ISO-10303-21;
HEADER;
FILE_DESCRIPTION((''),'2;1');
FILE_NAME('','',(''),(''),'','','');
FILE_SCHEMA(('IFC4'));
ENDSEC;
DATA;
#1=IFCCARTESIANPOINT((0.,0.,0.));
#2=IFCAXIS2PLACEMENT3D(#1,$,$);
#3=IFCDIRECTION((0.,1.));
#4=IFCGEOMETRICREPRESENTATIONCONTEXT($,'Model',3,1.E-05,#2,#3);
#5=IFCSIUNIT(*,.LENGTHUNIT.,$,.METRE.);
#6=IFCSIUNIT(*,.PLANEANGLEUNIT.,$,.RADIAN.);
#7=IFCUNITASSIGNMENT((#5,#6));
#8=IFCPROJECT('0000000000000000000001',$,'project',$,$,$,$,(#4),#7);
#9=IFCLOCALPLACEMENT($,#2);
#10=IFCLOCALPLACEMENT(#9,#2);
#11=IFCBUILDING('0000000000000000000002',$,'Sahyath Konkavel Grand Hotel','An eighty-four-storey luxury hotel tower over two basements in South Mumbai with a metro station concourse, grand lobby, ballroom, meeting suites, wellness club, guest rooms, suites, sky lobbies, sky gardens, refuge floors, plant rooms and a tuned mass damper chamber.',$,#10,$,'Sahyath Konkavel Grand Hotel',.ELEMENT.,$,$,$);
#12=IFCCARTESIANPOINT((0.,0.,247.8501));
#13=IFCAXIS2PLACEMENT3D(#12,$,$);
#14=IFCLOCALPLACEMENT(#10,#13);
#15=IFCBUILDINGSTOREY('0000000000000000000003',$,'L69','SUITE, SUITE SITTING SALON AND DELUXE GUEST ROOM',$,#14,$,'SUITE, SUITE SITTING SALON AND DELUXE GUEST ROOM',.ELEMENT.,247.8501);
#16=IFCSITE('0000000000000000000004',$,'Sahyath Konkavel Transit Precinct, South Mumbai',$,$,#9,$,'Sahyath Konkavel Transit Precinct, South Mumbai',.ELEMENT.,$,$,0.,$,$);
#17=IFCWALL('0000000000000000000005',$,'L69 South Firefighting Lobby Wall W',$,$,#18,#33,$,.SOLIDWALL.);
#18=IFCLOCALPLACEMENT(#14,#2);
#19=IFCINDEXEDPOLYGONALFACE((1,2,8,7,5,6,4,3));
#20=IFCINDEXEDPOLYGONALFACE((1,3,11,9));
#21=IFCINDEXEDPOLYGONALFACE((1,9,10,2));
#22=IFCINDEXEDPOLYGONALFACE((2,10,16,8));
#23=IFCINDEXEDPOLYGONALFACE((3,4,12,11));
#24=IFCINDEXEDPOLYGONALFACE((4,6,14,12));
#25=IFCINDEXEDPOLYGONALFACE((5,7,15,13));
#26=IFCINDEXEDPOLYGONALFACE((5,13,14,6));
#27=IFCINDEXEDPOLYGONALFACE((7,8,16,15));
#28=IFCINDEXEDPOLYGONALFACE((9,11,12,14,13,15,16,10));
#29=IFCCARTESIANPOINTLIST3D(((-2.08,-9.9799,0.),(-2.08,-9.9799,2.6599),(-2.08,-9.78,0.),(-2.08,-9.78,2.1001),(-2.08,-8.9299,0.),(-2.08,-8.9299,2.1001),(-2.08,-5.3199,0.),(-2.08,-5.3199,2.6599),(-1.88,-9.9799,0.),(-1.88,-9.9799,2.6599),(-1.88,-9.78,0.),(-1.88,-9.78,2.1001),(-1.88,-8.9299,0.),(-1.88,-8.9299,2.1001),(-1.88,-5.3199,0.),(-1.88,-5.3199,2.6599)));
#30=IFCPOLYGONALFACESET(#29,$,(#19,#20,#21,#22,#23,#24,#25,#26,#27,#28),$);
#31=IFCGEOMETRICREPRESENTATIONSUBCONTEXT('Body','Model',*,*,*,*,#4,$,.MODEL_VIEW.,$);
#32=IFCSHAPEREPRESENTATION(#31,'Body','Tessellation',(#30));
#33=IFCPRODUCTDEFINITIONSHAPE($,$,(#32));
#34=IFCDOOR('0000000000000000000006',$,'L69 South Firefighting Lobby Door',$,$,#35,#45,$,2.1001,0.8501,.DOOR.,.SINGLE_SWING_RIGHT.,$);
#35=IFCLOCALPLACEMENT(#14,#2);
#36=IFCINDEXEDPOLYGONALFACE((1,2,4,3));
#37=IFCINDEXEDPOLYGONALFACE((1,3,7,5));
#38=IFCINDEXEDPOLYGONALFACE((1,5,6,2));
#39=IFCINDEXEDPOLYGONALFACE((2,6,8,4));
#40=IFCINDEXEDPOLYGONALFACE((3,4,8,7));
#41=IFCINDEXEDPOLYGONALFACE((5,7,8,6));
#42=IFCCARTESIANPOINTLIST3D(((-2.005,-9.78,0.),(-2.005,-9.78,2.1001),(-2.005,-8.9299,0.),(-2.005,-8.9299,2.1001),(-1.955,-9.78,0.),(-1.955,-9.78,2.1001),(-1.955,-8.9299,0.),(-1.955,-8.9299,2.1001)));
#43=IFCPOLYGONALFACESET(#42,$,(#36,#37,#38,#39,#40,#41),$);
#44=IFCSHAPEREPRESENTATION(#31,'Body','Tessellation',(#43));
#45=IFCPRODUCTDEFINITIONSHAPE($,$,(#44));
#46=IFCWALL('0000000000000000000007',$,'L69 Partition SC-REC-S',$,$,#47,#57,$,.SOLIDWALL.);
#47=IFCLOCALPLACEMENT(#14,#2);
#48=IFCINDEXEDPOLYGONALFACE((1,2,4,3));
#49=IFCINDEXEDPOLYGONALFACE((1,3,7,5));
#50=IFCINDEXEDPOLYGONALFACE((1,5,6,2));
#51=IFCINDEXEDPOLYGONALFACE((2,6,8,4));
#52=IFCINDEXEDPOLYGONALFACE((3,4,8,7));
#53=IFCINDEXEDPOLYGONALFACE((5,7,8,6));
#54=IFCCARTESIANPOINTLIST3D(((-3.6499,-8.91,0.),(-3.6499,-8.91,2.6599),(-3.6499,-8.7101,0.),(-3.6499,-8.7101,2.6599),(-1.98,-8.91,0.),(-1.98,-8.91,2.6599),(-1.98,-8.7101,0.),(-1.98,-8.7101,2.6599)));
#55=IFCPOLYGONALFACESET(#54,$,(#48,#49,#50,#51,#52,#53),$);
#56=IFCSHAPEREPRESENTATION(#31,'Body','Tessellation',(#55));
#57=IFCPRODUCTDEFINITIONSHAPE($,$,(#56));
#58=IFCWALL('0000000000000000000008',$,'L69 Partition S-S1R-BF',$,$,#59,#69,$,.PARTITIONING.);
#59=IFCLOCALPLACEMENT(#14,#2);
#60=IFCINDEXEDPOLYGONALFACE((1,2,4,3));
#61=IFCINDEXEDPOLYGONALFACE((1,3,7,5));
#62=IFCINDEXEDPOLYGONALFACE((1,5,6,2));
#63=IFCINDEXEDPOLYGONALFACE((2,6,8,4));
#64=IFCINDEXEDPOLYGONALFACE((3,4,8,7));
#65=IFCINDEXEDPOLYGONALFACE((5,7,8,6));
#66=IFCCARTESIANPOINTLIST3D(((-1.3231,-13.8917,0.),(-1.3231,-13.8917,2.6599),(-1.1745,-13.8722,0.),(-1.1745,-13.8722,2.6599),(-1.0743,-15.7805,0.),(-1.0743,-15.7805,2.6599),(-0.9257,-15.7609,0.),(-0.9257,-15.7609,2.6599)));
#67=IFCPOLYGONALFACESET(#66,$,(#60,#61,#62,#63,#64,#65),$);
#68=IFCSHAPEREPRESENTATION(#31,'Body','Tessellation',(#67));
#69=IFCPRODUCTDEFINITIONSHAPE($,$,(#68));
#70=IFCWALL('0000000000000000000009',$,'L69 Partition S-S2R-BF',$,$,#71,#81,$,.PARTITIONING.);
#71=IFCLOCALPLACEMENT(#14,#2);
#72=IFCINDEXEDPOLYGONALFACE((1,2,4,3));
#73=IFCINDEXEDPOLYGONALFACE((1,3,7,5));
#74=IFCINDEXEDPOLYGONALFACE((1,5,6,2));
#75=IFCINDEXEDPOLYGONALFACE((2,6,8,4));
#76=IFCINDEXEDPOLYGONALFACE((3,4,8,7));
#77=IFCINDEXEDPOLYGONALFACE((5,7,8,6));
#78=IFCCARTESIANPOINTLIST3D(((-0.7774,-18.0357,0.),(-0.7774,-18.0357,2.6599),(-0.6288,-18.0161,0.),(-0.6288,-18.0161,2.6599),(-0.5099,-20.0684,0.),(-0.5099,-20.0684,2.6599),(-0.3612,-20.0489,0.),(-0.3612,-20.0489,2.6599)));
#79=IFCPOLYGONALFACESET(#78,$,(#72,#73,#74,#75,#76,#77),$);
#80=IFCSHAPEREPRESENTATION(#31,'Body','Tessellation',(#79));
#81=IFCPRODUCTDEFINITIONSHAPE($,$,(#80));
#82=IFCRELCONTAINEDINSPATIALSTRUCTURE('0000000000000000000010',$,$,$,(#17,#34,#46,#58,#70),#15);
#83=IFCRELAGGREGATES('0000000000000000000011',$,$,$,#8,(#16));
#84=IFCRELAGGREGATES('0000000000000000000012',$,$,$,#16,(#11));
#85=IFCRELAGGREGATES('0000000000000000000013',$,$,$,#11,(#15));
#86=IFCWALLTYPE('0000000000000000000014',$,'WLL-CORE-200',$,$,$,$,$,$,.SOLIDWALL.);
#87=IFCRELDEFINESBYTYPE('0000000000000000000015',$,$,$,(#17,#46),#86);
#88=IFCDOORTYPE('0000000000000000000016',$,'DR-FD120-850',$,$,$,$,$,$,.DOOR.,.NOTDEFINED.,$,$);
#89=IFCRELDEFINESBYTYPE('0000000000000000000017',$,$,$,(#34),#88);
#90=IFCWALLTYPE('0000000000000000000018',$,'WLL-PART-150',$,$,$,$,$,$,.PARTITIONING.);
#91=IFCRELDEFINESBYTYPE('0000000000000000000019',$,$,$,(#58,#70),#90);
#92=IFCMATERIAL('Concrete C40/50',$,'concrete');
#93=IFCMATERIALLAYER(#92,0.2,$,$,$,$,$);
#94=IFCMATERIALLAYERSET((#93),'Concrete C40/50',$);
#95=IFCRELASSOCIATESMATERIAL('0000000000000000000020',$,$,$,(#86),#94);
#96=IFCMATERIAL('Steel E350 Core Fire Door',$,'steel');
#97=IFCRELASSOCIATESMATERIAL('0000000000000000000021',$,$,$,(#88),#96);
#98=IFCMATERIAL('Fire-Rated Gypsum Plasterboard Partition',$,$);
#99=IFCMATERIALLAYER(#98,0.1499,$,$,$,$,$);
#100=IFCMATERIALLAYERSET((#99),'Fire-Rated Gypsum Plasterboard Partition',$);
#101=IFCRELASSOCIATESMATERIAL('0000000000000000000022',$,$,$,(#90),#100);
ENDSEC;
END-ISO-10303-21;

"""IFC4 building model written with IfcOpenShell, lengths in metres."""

from ifc_helpers import new_model, si_unit, direction, frame, frame_2d, origin, origin_2d, place, context, subcontext, project, spatial, rectangle, extrude, source, transform, mapped, material, layer, layer_set, type_object, element, fill, save


model = new_model("IFC4")

# Units and contexts
model_context = context("Model", 3, precision=1e-05, world=origin(), true_north=direction((0.0, 1.0)))
body_context = subcontext(model_context, "Body", "Model", "MODEL_VIEW")
ifc_project = project(units=[si_unit("LENGTHUNIT", "METRE"), si_unit("PLANEANGLEUNIT", "RADIAN")], contexts=[model_context])

# Site, building, storey
site_placement = place(None, origin())
site = spatial("IfcSite", under=ifc_project, at=site_placement, Name="Sahyath Konkavel Transit Precinct, South Mumbai", LongName="Sahyath Konkavel Transit Precinct, South Mumbai", CompositionType="ELEMENT", RefElevation=0.0)
building_placement = place(site_placement, origin())
building = spatial("IfcBuilding", under=site, at=building_placement, Name="Sahyath Konkavel Grand Hotel", Description="An eighty-four-storey luxury hotel tower over two basements in South Mumbai with a metro station concourse, grand lobby, ballroom, meeting suites, wellness club, guest rooms, suites, sky lobbies, sky gardens, refuge floors, plant rooms and a tuned mass damper chamber.", LongName="Sahyath Konkavel Grand Hotel", CompositionType="ELEMENT")
storey_placement = place(building_placement, frame((0.0, 0.0, 247.8501)))
storey = spatial("IfcBuildingStorey", under=building, at=storey_placement, Name="L69", Description="SUITE, SUITE SITTING SALON AND DELUXE GUEST ROOM", LongName="SUITE, SUITE SITTING SALON AND DELUXE GUEST ROOM", CompositionType="ELEMENT", Elevation=247.8501)

# Shared definitions
ifc_material_1 = material(Name="Concrete C40/50", Category="concrete")

# Wall, opening, door
ifc_layer_1 = layer(ifc_material_1, 0.2)
ifc_layer_set_1 = layer_set([ifc_layer_1], Name="Concrete C40/50")
wall_type_1 = type_object("IfcWallType", Name="WLL-CORE-200", PredefinedType="SOLIDWALL", material=ifc_layer_set_1)
wall_1_placement = place(storey_placement, frame((-1.98, -9.98, 0.0), z_axis=(0.0, 0.0, 1.0), x_axis=(0.0, 1.0, 0.0)))
wall_1 = element("IfcWall", 1, at=wall_1_placement, inside=storey, type_object=wall_type_1, Name="L69 South Firefighting Lobby Wall W", PredefinedType="SOLIDWALL", context=body_context, shape_type="SweptSolid", body=[
    extrude(rectangle(XDim=4.6599, YDim=0.2, at=frame_2d((2.3301, 0.0))), origin(), (0.0, 0.0, 1.0), 2.6599),
])
opening_1_placement = place(wall_1_placement, frame((0.2, 0.0, 0.0)))
opening_1 = element("IfcOpeningElement", 2, at=opening_1_placement, cuts=wall_1, PredefinedType="OPENING", context=body_context, shape_type="SweptSolid", body=[
    extrude(rectangle(XDim=0.8501, YDim=2.1001, at=frame_2d((0.425, 1.05))), frame((0.0, 0.1099, 0.0), z_axis=(0.0, -1.0, 0.0), x_axis=(1.0, 0.0, 0.0)), (0.0, 0.0, 1.0), 0.22),
])
ifc_material_2 = material(Name="Steel E350 Core Fire Door", Category="steel")
door_type_1 = type_object("IfcDoorType", Name="DR-FD120-850", OperationType="NOTDEFINED", PredefinedType="DOOR", material=ifc_material_2)
shared_shape_1 = source(origin(), body_context, "Body", "SweptSolid", [
    extrude(rectangle(XDim=0.8501, YDim=0.05, at=origin_2d()), origin(), (0.0, 0.0, 1.0), 2.1001),
])
door_1_placement = place(opening_1_placement, frame((0.425, 0.0, 0.0)))
door_1 = element("IfcDoor", 3, at=door_1_placement, inside=storey, type_object=door_type_1, Name="L69 South Firefighting Lobby Door", OperationType="SINGLE_SWING_RIGHT", OverallHeight=2.1001, OverallWidth=0.8501, PredefinedType="DOOR", context=body_context, shape_type="MappedRepresentation", body=[
    mapped(shared_shape_1, transform((0.0, 0.0, 0.0), scale=1.0)),
])
fill(opening_1, door_1)

# Walls
wall_2_placement = place(storey_placement, frame((-3.6499, -8.8101, 0.0), z_axis=(0.0, 0.0, 1.0), x_axis=(1.0, 0.0, 0.0)))
element("IfcWall", 4, at=wall_2_placement, inside=storey, type_object=wall_type_1, Name="L69 Partition SC-REC-S", PredefinedType="SOLIDWALL", context=body_context, shape_type="SweptSolid", body=[
    extrude(rectangle(XDim=1.6699, YDim=0.2, at=frame_2d((0.835, 0.0))), origin(), (0.0, 0.0, 1.0), 2.6599),
])
ifc_material_3 = material(Name="Fire-Rated Gypsum Plasterboard Partition")
ifc_layer_2 = layer(ifc_material_3, 0.1499)
ifc_layer_set_2 = layer_set([ifc_layer_2], Name="Fire-Rated Gypsum Plasterboard Partition")
wall_type_2 = type_object("IfcWallType", Name="WLL-PART-150", PredefinedType="PARTITIONING", material=ifc_layer_set_2)
wall_3_placement = place(storey_placement, frame((-1.2488, -13.8818, 0.0), z_axis=(0.0, 0.0, 1.0), x_axis=(0.130594, -0.991436, 0.0)))
element("IfcWall", 5, at=wall_3_placement, inside=storey, type_object=wall_type_2, Name="L69 Partition S-S1R-BF", PredefinedType="PARTITIONING", context=body_context, shape_type="SweptSolid", body=[
    extrude(rectangle(XDim=1.905, YDim=0.1499, at=frame_2d((0.9526, 0.0))), origin(), (0.0, 0.0, 1.0), 2.6599),
])
wall_4_placement = place(storey_placement, frame((-0.7031, -18.0259, 0.0), z_axis=(0.0, 0.0, 1.0), x_axis=(0.13051, -0.991447, 0.0)))
element("IfcWall", 6, at=wall_4_placement, inside=storey, type_object=wall_type_2, Name="L69 Partition S-S2R-BF", PredefinedType="PARTITIONING", context=body_context, shape_type="SweptSolid", body=[
    extrude(rectangle(XDim=2.0503, YDim=0.1499, at=frame_2d((1.0251, 0.0))), origin(), (0.0, 0.0, 1.0), 2.6599),
])

save(model, "model.ifc")
